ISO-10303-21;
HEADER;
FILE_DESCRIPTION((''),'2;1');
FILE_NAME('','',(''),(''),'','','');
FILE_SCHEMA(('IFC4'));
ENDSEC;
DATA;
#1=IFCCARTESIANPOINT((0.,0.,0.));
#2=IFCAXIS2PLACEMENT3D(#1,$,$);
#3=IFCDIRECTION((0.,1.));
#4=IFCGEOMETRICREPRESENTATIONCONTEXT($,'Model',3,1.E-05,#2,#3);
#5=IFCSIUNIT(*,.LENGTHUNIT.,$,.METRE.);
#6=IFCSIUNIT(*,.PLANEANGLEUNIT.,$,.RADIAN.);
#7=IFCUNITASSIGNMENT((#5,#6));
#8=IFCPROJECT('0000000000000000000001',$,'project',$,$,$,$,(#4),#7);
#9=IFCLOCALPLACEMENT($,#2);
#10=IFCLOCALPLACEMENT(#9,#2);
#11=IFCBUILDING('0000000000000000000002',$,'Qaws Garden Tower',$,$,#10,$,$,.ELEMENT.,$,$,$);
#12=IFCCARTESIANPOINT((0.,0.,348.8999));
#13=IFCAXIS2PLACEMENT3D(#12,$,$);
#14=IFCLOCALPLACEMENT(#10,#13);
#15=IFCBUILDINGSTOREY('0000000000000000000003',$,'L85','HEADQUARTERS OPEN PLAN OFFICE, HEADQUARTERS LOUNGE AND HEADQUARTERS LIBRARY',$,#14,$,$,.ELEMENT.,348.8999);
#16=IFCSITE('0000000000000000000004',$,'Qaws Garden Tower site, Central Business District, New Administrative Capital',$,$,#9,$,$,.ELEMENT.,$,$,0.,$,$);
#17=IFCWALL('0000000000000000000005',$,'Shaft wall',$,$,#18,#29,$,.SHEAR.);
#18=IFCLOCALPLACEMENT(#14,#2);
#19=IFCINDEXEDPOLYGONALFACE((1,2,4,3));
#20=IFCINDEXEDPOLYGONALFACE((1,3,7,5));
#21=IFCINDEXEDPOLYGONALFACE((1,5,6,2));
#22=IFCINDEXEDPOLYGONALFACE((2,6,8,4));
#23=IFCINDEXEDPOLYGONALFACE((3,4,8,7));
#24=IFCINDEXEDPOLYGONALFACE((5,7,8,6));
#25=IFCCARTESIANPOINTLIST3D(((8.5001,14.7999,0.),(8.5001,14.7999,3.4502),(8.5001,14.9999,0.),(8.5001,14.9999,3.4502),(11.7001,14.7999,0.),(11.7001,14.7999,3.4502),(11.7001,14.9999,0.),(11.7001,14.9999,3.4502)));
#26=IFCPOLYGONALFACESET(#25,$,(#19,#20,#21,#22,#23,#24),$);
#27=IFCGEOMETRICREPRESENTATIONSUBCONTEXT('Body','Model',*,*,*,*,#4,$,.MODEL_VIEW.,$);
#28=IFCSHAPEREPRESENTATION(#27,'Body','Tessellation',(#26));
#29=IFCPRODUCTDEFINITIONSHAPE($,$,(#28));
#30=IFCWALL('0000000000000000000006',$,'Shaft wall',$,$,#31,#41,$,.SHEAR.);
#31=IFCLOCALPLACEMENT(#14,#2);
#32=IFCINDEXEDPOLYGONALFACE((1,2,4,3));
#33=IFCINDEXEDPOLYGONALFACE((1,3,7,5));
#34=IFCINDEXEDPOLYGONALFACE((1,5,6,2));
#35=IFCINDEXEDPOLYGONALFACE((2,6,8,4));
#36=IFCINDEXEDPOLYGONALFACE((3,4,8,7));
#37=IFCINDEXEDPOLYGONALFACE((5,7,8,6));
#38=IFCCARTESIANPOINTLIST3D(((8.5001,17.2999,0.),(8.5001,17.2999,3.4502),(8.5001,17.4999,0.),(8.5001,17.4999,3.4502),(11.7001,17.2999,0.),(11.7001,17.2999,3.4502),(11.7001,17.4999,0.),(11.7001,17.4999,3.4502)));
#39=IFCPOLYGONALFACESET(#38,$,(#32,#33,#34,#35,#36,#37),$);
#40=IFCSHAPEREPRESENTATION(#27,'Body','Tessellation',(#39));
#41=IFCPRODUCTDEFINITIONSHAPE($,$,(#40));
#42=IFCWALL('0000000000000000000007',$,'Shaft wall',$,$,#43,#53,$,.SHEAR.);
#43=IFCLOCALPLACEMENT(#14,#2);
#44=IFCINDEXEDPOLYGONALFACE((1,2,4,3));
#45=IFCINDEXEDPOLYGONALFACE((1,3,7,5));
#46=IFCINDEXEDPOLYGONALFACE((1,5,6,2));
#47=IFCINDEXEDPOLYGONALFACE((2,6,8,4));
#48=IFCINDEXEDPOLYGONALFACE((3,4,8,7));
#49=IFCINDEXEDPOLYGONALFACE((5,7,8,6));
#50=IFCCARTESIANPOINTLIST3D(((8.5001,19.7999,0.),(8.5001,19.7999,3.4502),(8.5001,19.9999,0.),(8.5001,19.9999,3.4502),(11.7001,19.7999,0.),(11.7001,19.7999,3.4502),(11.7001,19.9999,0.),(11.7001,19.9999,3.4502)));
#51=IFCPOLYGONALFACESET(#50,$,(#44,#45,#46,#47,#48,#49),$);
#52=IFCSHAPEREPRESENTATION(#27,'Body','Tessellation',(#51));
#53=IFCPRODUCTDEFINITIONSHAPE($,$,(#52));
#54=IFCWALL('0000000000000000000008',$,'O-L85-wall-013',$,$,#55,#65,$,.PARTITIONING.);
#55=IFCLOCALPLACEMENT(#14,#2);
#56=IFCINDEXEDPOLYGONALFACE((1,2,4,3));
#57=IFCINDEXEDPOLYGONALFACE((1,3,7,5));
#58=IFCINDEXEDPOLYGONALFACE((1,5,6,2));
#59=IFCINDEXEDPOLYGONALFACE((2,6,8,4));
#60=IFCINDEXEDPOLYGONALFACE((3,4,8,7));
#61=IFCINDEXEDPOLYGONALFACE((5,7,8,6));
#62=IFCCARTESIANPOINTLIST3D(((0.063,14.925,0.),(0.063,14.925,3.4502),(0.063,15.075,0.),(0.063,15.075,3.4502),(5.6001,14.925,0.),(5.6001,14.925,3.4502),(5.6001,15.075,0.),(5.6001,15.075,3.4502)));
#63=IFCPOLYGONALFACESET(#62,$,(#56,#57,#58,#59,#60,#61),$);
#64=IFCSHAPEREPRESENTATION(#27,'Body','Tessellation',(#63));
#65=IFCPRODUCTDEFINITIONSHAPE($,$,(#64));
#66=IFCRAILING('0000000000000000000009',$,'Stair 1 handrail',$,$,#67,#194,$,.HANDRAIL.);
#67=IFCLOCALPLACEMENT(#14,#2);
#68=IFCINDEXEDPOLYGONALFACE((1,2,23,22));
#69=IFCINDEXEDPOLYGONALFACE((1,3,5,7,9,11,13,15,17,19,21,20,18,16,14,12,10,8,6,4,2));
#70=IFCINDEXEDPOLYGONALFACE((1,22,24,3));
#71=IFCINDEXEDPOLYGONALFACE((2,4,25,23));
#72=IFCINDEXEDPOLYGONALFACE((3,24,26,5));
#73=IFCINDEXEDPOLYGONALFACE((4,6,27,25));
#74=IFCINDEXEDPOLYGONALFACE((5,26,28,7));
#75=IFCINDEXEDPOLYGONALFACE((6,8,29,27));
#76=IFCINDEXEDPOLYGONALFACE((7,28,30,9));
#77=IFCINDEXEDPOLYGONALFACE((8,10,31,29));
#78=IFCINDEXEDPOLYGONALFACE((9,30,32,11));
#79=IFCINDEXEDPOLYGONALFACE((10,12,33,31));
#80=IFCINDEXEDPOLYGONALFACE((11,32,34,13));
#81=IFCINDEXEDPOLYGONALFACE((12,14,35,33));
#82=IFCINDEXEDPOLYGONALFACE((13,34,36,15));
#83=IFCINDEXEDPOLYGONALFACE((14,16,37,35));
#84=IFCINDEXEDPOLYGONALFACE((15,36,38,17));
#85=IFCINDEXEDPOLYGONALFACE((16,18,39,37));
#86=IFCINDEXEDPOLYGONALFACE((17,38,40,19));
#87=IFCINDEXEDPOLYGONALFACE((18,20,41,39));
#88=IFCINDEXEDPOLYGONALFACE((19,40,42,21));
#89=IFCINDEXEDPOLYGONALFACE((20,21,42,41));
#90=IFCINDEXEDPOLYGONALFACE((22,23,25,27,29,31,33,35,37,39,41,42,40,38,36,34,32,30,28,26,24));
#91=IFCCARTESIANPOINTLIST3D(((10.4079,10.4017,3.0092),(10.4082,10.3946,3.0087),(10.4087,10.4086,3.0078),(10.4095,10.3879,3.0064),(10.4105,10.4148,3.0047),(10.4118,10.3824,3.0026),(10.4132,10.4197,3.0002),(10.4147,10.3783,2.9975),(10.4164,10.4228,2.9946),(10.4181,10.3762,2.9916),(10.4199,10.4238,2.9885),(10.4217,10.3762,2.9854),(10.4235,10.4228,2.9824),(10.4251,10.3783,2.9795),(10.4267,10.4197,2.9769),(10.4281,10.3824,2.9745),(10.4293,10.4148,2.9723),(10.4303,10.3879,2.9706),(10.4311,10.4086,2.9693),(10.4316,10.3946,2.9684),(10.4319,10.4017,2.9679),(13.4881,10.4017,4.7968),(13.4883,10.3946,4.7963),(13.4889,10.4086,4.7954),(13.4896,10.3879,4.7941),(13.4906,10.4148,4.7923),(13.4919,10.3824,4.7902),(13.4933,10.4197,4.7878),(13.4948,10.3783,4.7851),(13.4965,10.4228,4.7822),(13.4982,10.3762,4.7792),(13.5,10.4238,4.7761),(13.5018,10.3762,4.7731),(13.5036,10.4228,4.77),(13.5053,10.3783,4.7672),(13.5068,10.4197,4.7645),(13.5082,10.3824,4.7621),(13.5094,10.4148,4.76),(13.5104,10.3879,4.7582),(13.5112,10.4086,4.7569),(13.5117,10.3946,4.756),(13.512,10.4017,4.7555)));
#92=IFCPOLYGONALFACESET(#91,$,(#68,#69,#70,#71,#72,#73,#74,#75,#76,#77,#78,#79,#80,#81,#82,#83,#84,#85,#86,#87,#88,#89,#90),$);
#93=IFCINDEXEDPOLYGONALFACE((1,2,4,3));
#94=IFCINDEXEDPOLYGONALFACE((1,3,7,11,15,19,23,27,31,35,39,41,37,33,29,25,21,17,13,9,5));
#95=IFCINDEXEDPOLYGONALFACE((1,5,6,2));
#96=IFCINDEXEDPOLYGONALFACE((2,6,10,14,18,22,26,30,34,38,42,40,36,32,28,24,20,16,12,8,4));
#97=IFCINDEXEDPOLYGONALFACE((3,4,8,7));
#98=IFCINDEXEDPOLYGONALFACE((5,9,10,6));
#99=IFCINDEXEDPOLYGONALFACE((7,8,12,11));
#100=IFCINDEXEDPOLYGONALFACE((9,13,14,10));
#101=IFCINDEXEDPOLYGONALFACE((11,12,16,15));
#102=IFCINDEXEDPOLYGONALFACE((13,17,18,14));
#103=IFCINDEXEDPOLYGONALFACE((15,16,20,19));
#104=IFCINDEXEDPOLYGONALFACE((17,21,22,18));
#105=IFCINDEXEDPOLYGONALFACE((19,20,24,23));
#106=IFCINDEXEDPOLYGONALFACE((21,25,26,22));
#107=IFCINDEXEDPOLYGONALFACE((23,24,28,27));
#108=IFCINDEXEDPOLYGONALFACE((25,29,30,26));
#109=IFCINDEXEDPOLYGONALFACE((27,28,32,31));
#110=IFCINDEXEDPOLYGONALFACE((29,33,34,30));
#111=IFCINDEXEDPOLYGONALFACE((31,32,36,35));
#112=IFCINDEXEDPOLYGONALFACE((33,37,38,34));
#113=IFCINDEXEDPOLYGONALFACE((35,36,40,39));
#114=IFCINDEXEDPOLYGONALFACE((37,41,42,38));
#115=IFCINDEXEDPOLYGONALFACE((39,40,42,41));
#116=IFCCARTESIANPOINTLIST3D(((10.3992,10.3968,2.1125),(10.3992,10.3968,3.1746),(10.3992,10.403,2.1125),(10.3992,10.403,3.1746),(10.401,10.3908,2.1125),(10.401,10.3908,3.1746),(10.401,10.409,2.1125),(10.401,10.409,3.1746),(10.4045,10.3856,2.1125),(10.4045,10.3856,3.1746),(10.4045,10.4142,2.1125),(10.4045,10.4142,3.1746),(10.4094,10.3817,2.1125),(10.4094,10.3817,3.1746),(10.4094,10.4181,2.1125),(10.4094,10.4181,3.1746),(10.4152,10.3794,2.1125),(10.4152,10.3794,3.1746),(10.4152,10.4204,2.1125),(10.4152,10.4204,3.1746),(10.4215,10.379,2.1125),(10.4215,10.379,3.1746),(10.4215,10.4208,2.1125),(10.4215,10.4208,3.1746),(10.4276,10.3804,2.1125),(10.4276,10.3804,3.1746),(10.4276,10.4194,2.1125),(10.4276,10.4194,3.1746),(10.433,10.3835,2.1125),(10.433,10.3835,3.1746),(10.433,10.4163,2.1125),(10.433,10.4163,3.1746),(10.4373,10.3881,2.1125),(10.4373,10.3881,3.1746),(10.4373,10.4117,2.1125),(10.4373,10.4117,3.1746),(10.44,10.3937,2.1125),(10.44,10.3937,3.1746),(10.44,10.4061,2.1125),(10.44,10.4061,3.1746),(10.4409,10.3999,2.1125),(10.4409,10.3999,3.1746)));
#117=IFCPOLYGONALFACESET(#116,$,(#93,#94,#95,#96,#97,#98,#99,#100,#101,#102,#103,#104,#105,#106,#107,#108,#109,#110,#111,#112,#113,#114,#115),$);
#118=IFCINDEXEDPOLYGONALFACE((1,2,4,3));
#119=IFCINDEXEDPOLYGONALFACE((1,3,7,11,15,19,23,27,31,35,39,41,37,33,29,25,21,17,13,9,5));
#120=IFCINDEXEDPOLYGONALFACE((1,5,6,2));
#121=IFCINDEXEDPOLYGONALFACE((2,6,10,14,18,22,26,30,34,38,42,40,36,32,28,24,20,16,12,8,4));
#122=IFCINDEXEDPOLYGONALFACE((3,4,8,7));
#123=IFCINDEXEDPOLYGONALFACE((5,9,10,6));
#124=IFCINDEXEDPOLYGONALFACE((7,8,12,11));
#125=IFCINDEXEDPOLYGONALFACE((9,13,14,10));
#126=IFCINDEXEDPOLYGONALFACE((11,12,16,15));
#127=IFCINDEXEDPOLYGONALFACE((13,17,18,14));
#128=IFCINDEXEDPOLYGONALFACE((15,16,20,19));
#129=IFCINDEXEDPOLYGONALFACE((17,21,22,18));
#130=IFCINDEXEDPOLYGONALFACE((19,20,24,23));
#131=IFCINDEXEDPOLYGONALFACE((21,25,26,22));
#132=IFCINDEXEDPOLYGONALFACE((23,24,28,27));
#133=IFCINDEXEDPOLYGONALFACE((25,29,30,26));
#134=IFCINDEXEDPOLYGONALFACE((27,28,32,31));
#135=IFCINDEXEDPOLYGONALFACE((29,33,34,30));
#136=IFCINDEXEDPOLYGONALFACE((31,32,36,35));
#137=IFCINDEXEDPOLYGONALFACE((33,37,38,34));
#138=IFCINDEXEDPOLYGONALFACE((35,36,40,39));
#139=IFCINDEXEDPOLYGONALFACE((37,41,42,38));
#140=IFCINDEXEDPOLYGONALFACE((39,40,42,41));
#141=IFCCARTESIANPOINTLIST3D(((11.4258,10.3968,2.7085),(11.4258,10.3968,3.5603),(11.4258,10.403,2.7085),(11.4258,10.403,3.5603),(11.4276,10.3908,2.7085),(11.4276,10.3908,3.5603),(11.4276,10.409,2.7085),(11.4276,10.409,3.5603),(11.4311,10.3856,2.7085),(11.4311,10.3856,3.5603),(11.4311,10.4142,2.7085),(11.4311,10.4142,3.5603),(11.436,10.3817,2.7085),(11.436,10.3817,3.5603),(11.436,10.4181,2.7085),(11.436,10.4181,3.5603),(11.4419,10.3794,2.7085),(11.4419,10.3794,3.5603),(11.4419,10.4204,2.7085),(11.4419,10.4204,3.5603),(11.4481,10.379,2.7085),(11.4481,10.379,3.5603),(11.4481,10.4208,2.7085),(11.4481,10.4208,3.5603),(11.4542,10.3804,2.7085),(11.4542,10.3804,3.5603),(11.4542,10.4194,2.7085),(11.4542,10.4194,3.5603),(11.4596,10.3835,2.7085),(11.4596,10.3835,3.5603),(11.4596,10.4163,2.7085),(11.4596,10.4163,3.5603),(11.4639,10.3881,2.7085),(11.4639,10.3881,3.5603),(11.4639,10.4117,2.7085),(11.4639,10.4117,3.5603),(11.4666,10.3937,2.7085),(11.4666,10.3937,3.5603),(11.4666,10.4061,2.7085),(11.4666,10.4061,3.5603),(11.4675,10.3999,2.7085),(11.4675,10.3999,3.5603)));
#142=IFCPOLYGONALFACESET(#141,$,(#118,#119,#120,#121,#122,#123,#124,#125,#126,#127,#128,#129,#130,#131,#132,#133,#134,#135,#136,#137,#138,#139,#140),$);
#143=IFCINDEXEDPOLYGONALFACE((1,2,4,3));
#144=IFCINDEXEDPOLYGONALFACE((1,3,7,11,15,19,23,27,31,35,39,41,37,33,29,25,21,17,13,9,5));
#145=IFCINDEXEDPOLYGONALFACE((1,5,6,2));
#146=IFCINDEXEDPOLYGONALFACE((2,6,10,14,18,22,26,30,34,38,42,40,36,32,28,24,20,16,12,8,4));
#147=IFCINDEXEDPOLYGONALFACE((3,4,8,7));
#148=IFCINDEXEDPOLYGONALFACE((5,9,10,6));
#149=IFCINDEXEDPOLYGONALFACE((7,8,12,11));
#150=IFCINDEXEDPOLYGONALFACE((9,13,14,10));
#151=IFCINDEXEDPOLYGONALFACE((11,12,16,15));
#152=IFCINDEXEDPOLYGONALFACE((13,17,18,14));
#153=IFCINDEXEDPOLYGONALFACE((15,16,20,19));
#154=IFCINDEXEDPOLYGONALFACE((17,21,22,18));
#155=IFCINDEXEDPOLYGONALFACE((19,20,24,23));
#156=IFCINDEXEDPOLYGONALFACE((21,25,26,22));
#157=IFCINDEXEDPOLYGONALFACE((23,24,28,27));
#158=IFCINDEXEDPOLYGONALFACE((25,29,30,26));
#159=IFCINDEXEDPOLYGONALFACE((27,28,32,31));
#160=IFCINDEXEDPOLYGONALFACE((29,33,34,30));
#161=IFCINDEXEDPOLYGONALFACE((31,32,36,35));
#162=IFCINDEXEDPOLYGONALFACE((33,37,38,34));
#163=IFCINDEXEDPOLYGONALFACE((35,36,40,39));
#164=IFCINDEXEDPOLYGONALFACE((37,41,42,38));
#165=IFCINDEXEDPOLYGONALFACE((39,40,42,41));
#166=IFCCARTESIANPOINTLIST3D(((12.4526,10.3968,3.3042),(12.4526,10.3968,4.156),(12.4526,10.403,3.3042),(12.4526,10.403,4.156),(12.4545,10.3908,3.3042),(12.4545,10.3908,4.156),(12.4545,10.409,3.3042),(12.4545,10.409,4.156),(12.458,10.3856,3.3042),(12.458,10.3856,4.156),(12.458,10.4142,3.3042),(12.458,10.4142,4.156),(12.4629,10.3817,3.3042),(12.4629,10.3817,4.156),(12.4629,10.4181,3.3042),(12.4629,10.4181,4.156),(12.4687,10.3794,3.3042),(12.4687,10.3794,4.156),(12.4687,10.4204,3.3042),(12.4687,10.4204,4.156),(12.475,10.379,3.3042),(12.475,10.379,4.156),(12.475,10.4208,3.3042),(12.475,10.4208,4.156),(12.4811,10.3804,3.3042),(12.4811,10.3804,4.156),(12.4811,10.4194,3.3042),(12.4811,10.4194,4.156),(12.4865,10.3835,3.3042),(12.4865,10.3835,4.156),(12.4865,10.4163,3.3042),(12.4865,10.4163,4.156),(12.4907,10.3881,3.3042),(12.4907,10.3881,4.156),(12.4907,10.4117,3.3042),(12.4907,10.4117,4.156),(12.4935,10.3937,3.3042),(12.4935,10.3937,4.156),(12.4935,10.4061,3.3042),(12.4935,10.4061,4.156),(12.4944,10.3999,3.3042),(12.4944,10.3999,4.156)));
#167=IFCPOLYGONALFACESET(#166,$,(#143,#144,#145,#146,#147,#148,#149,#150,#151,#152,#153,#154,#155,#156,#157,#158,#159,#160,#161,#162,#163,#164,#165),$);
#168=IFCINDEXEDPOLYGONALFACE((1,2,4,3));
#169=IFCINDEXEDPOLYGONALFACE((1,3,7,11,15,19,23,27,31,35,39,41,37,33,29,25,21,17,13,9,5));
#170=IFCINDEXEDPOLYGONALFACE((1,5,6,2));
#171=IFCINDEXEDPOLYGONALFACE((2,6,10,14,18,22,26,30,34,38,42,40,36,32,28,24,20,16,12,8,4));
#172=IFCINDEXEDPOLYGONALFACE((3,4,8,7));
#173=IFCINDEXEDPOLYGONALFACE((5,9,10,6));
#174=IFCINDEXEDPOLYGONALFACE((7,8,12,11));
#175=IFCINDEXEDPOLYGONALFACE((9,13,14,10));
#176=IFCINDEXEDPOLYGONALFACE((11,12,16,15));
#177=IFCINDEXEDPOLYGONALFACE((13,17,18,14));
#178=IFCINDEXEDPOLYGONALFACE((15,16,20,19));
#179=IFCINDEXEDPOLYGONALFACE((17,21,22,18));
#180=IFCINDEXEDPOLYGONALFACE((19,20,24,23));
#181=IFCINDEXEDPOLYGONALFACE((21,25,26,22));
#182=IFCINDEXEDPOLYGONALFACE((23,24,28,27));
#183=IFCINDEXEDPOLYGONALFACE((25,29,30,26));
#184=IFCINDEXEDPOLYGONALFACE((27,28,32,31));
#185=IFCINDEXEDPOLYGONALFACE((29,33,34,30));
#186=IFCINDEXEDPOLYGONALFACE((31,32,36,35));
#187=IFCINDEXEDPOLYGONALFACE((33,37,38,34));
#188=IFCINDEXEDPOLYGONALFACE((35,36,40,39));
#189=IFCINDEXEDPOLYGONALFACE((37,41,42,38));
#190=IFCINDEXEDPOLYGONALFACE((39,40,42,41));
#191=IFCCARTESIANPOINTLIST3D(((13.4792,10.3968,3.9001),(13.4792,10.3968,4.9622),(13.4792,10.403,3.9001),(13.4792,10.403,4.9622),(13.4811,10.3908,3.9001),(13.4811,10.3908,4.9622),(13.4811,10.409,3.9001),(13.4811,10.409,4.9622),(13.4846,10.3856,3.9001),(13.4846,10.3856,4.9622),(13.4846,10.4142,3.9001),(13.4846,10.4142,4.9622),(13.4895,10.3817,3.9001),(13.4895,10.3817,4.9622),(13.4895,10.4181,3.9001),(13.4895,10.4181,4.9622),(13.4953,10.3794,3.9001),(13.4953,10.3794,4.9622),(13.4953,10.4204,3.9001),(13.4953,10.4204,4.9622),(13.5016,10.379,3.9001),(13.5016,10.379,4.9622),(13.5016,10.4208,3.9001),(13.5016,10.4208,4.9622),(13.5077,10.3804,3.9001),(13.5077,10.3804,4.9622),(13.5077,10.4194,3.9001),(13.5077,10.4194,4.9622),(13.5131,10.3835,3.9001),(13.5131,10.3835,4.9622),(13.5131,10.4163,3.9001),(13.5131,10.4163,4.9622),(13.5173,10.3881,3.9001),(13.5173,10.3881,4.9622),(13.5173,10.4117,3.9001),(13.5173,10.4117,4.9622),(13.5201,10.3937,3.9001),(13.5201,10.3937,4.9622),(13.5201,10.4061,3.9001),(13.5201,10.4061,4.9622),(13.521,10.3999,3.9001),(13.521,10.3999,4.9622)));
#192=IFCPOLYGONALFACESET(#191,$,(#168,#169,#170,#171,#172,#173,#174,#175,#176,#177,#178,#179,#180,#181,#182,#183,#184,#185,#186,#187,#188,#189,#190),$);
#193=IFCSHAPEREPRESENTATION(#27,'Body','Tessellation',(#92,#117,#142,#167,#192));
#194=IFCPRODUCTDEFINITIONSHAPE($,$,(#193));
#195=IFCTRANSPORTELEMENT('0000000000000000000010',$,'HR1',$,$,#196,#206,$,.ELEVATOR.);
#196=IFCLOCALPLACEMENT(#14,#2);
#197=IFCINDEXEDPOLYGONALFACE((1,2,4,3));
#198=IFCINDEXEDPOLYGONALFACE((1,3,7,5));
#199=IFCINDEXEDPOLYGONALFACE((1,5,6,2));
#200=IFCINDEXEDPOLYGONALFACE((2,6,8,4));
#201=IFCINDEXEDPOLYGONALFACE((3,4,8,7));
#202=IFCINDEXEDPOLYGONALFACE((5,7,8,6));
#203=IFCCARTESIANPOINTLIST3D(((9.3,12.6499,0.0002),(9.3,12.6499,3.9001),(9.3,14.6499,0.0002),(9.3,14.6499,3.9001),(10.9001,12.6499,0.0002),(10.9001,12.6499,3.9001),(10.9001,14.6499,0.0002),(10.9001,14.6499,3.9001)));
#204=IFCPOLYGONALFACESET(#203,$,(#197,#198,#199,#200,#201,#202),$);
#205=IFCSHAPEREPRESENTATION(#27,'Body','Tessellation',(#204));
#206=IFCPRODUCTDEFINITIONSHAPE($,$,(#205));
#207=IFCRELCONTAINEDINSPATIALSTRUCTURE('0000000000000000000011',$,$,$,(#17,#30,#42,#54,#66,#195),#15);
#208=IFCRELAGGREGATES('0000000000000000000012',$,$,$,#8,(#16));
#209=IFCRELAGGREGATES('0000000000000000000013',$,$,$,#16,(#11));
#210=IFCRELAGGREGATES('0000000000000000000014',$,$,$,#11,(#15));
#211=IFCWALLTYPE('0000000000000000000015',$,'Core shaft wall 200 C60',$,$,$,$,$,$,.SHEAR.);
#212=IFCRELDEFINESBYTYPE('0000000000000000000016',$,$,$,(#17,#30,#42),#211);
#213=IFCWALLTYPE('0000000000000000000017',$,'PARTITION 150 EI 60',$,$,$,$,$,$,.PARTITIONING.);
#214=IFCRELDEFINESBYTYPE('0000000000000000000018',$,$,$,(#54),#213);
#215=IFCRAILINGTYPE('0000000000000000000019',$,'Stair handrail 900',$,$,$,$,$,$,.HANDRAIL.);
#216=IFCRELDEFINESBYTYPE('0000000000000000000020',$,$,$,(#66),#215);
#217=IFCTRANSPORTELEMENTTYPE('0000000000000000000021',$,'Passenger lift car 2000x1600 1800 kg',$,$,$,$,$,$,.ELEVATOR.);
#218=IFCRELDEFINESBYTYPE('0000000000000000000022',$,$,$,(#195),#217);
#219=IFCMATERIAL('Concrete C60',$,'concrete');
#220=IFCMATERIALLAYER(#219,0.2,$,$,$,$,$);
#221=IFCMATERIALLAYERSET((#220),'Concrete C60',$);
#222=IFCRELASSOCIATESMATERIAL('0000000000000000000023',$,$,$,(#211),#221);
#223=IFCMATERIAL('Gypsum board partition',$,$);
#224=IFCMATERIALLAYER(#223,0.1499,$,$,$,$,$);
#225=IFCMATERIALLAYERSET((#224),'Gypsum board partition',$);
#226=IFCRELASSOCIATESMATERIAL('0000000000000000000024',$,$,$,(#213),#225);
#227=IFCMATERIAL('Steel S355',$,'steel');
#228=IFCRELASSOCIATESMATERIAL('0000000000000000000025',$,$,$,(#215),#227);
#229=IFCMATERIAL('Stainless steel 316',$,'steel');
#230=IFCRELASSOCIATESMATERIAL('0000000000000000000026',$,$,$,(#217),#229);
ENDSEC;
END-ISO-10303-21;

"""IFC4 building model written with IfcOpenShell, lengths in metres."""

from ifc_helpers import new_model, si_unit, direction, frame, frame_2d, origin, origin_2d, place, context, subcontext, project, spatial, rectangle, circle, extrude, material, layer, layer_set, type_object, element, save


model = new_model("IFC4")

# Units and contexts
model_context = context("Model", 3, precision=1e-05, world=origin(), true_north=direction((0.0, 1.0)))
body_context = subcontext(model_context, "Body", "Model", "MODEL_VIEW")
ifc_project = project(units=[si_unit("LENGTHUNIT", "METRE"), si_unit("PLANEANGLEUNIT", "RADIAN")], contexts=[model_context])

# Site, building, storey
site_placement = place(None, origin())
site = spatial("IfcSite", under=ifc_project, at=site_placement, Name="Qaws Garden Tower site, Central Business District, New Administrative Capital", CompositionType="ELEMENT", RefElevation=0.0)
building_placement = place(site_placement, origin())
building = spatial("IfcBuilding", under=site, at=building_placement, Name="Qaws Garden Tower", CompositionType="ELEMENT")
storey_placement = place(building_placement, frame((0.0, 0.0, 348.8999)))
storey = spatial("IfcBuildingStorey", under=building, at=storey_placement, Name="L85", Description="HEADQUARTERS OPEN PLAN OFFICE, HEADQUARTERS LOUNGE AND HEADQUARTERS LIBRARY", CompositionType="ELEMENT", Elevation=348.8999)

# Walls
ifc_material_1 = material(Name="Concrete C60", Category="concrete")
ifc_layer_1 = layer(ifc_material_1, 0.2)
ifc_layer_set_1 = layer_set([ifc_layer_1], Name="Concrete C60")
wall_type_1 = type_object("IfcWallType", Name="Core shaft wall 200 C60", PredefinedType="SHEAR", material=ifc_layer_set_1)
for number, where, z_axis, x_axis, name in (
    (1, (8.5, 14.8999, 0.0), (0.0, 0.0, 1.0), (1.0, 0.0, 0.0), "Shaft wall"),
    (2, (8.5, 17.3999, 0.0), (0.0, 0.0, 1.0), (1.0, 0.0, 0.0), "Shaft wall"),
    (3, (8.5, 19.8999, 0.0), (0.0, 0.0, 1.0), (1.0, 0.0, 0.0), "Shaft wall"),
):
    element("IfcWall", number, at=place(storey_placement, frame(where, z_axis=z_axis, x_axis=x_axis)), inside=storey, type_object=wall_type_1, Name=name, PredefinedType="SHEAR", context=body_context, shape_type="SweptSolid", body=[
        extrude(rectangle(XDim=3.2, YDim=0.2, at=frame_2d((1.6001, 0.0))), origin(), (0.0, 0.0, 1.0), 3.4502),
    ])
ifc_material_2 = material(Name="Gypsum board partition")
ifc_layer_2 = layer(ifc_material_2, 0.1499)
ifc_layer_set_2 = layer_set([ifc_layer_2], Name="Gypsum board partition")
wall_type_2 = type_object("IfcWallType", Name="PARTITION 150 EI 60", PredefinedType="PARTITIONING", material=ifc_layer_set_2)
wall_1_placement = place(storey_placement, frame((0.063, 15.0, 0.0), z_axis=(0.0, 0.0, 1.0), x_axis=(1.0, 0.0, 0.0)))
element("IfcWall", 4, at=wall_1_placement, inside=storey, type_object=wall_type_2, Name="O-L85-wall-013", PredefinedType="PARTITIONING", context=body_context, shape_type="SweptSolid", body=[
    extrude(rectangle(XDim=5.5371, YDim=0.1499, at=frame_2d((2.7686, 0.0))), origin(), (0.0, 0.0, 1.0), 3.4502),
])

# Railing
ifc_material_3 = material(Name="Steel S355", Category="steel")
railing_type = type_object("IfcRailingType", Name="Stair handrail 900", PredefinedType="HANDRAIL", material=ifc_material_3)
railing_placement = place(storey_placement, frame((10.4199, 10.3999, 2.1125)))
element("IfcRailing", 5, at=railing_placement, inside=storey, type_object=railing_type, Name="Stair 1 handrail", PredefinedType="HANDRAIL", context=body_context, shape_type="SweptSolid", body=[
    extrude(circle(Radius=0.0239, at=origin_2d()), frame((0.0, 0.0, 0.876), z_axis=(0.864891, 0.0, 0.50196), x_axis=(0.0, 1.0, 0.0)), (0.0, 0.0, 1.0), 3.5613),
    extrude(circle(Radius=0.021, at=origin_2d()), origin(), (0.0, 0.0, 1.0), 1.062),
    extrude(circle(Radius=0.021, at=origin_2d()), frame((1.0266, 0.0, 0.5959)), (0.0, 0.0, 1.0), 0.8518),
    extrude(circle(Radius=0.021, at=origin_2d()), frame((2.0535, 0.0, 1.1917)), (0.0, 0.0, 1.0), 0.8518),
    extrude(circle(Radius=0.021, at=origin_2d()), frame((3.0801, 0.0, 1.7876)), (0.0, 0.0, 1.0), 1.062),
])

# Transport element
ifc_material_4 = material(Name="Stainless steel 316", Category="steel")
transport_element_type = type_object("IfcTransportElementType", Name="Passenger lift car 2000x1600 1800 kg", PredefinedType="ELEVATOR", material=ifc_material_4)
for number, where, z_axis, x_axis, name in (
    (6, (10.1001, 13.6499, 0.0002), (0.0, 0.0, 1.0), (1.0, 0.0, 0.0), "HR1"),
):
    element("IfcTransportElement", number, at=place(storey_placement, frame(where, z_axis=z_axis, x_axis=x_axis)), inside=storey, type_object=transport_element_type, Name=name, PredefinedType="ELEVATOR", context=body_context, shape_type="SweptSolid", body=[
        extrude(rectangle(XDim=1.6001, YDim=2.0, at=origin_2d()), origin(), (0.0, 0.0, 1.0), 3.8999),
    ])

save(model, "model.ifc")
